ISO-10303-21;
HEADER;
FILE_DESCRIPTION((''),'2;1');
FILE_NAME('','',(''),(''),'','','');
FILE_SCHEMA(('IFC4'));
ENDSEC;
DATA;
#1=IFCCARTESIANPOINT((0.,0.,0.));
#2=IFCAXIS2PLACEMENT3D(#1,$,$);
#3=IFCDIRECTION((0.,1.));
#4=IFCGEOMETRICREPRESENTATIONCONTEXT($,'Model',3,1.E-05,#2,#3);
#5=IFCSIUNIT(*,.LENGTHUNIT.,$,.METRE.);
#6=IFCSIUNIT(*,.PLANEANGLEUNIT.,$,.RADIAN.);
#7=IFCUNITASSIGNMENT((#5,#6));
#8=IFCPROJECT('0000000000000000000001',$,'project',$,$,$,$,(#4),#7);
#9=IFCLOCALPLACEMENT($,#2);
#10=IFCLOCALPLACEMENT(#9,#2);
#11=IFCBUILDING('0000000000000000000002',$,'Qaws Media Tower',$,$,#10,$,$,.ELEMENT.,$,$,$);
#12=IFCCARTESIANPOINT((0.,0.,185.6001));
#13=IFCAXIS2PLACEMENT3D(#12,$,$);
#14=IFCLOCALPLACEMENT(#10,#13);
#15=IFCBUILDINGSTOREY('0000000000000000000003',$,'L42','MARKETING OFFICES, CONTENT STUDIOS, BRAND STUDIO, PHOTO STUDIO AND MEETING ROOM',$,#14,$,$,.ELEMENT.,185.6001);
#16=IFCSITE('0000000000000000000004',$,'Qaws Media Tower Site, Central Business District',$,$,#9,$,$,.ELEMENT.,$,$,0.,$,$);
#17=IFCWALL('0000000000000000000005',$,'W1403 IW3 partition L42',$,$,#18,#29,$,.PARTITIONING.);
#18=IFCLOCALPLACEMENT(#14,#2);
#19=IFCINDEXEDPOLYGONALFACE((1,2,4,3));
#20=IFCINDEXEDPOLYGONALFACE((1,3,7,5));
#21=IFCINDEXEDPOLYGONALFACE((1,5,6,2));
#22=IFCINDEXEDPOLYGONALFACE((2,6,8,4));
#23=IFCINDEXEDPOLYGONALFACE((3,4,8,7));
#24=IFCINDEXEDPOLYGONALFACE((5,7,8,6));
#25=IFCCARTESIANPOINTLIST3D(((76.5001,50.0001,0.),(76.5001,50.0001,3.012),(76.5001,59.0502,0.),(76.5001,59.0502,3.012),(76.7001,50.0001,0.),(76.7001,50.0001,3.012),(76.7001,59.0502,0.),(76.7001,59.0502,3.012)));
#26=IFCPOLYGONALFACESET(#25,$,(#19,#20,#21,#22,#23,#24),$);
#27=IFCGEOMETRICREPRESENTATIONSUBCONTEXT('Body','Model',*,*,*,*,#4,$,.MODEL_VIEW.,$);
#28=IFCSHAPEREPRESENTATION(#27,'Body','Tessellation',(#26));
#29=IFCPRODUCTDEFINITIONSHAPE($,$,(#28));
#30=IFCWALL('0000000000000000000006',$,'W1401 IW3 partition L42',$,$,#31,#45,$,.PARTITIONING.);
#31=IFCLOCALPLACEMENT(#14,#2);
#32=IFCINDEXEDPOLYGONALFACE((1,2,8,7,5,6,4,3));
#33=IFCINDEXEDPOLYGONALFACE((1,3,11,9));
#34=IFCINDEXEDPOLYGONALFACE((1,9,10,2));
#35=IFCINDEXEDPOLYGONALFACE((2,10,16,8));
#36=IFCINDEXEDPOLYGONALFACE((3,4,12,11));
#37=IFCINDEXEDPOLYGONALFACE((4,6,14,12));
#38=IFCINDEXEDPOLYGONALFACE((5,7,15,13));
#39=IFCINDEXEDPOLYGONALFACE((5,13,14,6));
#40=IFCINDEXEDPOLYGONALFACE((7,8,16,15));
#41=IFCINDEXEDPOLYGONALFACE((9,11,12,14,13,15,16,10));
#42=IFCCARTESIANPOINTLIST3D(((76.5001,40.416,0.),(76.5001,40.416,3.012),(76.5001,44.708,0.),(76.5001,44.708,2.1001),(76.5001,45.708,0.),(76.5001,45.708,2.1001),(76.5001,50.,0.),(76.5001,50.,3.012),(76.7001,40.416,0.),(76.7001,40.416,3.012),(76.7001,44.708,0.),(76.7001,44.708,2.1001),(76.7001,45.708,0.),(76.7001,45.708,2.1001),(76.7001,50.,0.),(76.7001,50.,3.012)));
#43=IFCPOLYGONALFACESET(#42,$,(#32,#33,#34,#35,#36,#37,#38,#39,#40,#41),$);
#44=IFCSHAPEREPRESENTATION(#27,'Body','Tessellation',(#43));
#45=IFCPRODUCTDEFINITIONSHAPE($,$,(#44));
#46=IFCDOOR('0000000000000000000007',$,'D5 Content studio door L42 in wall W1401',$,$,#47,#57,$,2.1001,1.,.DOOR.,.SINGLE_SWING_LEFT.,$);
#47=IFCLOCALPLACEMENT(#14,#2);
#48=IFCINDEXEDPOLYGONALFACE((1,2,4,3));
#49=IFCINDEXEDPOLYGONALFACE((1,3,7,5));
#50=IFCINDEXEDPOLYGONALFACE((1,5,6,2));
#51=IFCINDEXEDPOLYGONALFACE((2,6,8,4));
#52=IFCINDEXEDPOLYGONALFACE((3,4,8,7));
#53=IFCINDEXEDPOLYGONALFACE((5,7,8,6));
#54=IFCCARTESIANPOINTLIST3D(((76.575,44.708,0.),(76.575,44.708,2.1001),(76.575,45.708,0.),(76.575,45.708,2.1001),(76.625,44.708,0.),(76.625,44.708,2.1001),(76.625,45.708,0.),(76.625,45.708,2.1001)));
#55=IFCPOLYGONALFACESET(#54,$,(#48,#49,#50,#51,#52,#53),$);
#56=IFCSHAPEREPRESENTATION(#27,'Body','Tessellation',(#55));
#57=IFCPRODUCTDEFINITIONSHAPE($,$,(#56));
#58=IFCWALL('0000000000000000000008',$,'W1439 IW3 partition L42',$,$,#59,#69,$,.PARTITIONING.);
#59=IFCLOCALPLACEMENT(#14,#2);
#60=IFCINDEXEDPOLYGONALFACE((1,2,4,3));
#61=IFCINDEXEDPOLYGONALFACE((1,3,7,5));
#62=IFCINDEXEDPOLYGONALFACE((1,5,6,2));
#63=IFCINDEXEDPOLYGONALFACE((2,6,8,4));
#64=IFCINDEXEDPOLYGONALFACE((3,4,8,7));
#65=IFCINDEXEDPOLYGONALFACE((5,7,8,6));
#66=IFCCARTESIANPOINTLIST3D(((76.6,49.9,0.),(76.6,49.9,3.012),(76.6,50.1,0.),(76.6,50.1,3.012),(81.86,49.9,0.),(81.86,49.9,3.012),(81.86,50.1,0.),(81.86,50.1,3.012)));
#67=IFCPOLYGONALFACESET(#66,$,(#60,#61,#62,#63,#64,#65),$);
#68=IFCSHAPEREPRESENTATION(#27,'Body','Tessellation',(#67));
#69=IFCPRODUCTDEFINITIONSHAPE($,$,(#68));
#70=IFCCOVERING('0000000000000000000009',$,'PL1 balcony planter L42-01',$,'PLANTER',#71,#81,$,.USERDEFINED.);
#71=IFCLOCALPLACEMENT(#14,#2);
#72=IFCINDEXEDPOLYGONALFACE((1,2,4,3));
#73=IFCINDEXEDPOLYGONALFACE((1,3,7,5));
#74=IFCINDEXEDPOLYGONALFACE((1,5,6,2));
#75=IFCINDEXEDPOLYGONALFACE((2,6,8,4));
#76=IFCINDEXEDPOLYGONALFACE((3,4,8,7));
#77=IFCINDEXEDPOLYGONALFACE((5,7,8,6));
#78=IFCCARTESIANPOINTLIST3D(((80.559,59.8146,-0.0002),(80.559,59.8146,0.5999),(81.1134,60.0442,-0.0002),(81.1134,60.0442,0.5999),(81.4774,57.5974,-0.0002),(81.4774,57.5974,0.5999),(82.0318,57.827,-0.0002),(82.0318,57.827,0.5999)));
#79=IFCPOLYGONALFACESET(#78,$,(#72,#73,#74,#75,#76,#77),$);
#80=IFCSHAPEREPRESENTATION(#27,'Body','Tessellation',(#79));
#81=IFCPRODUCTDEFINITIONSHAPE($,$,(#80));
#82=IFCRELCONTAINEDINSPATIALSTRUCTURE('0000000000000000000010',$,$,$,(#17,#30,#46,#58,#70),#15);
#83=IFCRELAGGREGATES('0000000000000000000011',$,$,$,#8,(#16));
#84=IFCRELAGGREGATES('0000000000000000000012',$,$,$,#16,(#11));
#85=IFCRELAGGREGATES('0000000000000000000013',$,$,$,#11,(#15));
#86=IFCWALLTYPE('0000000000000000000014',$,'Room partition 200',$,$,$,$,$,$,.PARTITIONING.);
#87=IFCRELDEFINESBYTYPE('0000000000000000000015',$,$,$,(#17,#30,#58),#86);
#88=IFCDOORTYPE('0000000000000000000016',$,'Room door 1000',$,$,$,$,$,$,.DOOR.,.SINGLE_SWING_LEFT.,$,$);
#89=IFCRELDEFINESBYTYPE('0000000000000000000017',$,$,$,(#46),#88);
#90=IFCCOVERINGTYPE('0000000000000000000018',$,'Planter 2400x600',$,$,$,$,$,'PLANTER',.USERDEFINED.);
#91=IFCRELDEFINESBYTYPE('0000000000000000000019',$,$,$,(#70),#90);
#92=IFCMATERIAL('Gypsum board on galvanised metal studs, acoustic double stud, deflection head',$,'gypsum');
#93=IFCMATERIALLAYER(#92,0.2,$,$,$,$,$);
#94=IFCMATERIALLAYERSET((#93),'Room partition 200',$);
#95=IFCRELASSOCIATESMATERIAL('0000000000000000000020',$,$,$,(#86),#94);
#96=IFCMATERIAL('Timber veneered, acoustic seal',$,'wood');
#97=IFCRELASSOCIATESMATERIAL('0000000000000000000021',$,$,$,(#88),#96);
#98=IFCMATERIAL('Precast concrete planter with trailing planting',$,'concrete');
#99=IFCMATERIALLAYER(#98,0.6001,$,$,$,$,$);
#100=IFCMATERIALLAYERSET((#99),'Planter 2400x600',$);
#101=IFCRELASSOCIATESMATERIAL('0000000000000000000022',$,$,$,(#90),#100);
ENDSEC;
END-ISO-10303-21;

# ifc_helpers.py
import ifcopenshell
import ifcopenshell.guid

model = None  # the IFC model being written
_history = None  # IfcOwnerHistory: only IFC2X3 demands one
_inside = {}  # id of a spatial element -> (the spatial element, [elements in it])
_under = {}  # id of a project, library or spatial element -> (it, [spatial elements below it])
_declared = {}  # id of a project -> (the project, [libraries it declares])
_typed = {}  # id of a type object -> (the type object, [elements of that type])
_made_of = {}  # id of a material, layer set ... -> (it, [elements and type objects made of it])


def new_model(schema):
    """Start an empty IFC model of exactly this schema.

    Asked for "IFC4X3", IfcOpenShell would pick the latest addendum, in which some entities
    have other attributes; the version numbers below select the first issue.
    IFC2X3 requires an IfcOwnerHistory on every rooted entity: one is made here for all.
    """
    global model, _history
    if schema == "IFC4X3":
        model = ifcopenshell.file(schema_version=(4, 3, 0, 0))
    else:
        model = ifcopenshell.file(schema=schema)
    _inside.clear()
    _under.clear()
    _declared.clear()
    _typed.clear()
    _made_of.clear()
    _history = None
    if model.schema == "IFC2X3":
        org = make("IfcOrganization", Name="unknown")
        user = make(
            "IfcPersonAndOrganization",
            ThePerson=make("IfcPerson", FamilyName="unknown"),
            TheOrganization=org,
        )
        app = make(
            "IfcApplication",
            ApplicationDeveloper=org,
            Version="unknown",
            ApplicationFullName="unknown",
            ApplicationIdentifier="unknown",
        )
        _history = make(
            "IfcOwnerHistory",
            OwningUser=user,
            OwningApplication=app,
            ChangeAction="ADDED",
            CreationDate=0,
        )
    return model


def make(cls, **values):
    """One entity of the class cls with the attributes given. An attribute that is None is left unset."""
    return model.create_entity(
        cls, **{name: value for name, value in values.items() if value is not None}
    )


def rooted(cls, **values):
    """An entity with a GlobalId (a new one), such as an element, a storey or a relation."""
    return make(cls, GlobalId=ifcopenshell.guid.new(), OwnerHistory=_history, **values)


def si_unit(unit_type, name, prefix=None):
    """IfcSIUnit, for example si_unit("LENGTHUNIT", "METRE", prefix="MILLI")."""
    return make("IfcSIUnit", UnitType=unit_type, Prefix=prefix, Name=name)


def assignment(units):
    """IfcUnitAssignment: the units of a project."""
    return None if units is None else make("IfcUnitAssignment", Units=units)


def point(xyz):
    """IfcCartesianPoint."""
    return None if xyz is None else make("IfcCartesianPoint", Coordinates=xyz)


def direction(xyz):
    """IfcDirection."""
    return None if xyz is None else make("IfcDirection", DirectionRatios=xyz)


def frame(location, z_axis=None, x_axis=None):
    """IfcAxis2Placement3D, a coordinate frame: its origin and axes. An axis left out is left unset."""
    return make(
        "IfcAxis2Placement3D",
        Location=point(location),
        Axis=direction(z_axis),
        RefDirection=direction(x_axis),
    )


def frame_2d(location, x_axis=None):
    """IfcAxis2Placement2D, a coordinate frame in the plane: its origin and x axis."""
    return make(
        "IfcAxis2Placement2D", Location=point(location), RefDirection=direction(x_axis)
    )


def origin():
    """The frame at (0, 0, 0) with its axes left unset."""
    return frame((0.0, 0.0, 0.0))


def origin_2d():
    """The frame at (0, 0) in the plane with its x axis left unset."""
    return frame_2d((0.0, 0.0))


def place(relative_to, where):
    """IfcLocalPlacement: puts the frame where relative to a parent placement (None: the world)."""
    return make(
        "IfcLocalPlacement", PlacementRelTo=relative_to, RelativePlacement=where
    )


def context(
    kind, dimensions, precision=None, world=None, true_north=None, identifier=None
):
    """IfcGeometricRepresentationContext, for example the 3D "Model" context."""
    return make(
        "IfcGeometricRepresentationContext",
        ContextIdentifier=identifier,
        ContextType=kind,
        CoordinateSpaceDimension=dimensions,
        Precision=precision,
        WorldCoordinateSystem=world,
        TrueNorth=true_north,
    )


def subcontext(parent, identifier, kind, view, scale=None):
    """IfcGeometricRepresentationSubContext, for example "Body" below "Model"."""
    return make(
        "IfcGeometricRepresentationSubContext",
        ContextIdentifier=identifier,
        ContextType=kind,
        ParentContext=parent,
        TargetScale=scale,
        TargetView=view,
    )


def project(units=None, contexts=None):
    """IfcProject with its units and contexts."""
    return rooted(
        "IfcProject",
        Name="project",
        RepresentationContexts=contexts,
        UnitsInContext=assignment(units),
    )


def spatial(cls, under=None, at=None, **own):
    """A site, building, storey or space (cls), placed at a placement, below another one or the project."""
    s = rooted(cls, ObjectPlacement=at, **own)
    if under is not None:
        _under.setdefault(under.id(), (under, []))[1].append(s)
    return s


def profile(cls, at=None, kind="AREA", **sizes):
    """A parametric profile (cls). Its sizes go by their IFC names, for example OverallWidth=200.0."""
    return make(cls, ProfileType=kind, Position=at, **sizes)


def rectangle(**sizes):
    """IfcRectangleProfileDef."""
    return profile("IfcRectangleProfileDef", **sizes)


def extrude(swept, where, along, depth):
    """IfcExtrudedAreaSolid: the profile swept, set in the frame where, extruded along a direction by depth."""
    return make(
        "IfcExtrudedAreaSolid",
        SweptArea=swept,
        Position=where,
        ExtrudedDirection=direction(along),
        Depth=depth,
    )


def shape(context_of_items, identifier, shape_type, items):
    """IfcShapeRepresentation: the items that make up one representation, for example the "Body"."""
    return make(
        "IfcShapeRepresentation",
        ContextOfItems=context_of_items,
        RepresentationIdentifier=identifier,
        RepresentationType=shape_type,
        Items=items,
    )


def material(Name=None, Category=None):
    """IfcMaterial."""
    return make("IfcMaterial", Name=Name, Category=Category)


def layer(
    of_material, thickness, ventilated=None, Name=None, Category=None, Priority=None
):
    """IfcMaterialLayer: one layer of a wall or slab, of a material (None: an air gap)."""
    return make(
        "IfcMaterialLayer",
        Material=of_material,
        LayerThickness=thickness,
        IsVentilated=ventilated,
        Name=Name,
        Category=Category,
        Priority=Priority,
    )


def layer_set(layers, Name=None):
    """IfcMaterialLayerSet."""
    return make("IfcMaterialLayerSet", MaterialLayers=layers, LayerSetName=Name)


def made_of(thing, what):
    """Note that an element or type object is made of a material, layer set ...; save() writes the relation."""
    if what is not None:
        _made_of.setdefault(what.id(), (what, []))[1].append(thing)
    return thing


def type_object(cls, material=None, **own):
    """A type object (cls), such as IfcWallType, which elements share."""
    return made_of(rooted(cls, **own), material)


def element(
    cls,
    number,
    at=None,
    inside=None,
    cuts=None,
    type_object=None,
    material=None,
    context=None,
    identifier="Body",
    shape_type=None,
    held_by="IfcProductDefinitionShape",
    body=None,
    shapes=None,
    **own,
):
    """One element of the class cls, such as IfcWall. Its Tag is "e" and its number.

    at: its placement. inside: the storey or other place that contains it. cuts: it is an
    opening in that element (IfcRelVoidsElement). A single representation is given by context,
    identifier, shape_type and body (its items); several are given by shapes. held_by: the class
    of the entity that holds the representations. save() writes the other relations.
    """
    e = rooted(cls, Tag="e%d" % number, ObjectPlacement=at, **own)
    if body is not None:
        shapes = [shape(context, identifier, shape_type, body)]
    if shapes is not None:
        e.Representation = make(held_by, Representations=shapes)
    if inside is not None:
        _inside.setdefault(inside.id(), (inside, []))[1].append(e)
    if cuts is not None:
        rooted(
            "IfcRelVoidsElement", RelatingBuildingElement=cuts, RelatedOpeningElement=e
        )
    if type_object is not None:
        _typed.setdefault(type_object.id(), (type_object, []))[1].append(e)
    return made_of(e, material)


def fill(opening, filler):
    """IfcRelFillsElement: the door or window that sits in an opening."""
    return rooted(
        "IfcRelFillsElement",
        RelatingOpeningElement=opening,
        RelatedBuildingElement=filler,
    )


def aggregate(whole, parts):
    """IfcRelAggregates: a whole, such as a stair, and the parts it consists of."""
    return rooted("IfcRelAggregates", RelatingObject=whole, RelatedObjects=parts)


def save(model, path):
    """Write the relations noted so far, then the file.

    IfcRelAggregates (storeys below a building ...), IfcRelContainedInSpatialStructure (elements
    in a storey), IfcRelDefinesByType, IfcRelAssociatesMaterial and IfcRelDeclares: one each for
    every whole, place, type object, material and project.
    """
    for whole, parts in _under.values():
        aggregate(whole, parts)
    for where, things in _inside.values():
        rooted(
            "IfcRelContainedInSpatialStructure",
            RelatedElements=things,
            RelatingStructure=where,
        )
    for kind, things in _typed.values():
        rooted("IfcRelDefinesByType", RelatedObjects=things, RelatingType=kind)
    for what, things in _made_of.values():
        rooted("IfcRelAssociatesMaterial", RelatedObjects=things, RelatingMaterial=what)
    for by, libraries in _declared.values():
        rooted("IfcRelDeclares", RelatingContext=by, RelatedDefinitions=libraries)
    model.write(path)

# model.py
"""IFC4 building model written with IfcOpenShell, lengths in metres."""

from ifc_helpers import new_model, si_unit, direction, frame, frame_2d, origin, origin_2d, place, context, subcontext, project, spatial, rectangle, extrude, material, layer, layer_set, type_object, element, fill, save


model = new_model("IFC4")

# Units and contexts
model_context = context("Model", 3, precision=1e-05, world=origin(), true_north=direction((0.0, 1.0)))
body_context = subcontext(model_context, "Body", "Model", "MODEL_VIEW")
ifc_project = project(units=[si_unit("LENGTHUNIT", "METRE"), si_unit("PLANEANGLEUNIT", "RADIAN")], contexts=[model_context])

# Site, building, storey
site_placement = place(None, origin())
site = spatial("IfcSite", under=ifc_project, at=site_placement, Name="Qaws Media Tower Site, Central Business District", CompositionType="ELEMENT", RefElevation=0.0)
building_placement = place(site_placement, origin())
building = spatial("IfcBuilding", under=site, at=building_placement, Name="Qaws Media Tower", CompositionType="ELEMENT")
storey_placement = place(building_placement, frame((0.0, 0.0, 185.6001)))
storey = spatial("IfcBuildingStorey", under=building, at=storey_placement, Name="L42", Description="MARKETING OFFICES, CONTENT STUDIOS, BRAND STUDIO, PHOTO STUDIO AND MEETING ROOM", CompositionType="ELEMENT", Elevation=185.6001)

# Wall
ifc_material_1 = material(Name="Gypsum board on galvanised metal studs, acoustic double stud, deflection head", Category="gypsum")
ifc_layer_1 = layer(ifc_material_1, 0.2)
ifc_layer_set_1 = layer_set([ifc_layer_1], Name="Room partition 200")
wall_type_1 = type_object("IfcWallType", Name="Room partition 200", PredefinedType="PARTITIONING", material=ifc_layer_set_1)
wall_1_placement = place(storey_placement, frame((76.6001, 59.05, 0.0), z_axis=(0.0, 0.0, 1.0), x_axis=(0.0, -1.0, 0.0)))
element("IfcWall", 1, at=wall_1_placement, inside=storey, type_object=wall_type_1, Name="W1403 IW3 partition L42", PredefinedType="PARTITIONING", context=body_context, shape_type="SweptSolid", body=[
    extrude(rectangle(XDim=9.05, YDim=0.2, at=frame_2d((4.5249, 0.0))), origin(), (0.0, 0.0, 1.0), 3.012),
])

# Wall, opening, door
wall_2_placement = place(storey_placement, frame((76.6001, 50.0, 0.0), z_axis=(0.0, 0.0, 1.0), x_axis=(0.0, -1.0, 0.0)))
wall_2 = element("IfcWall", 2, at=wall_2_placement, inside=storey, type_object=wall_type_1, Name="W1401 IW3 partition L42", PredefinedType="PARTITIONING", context=body_context, shape_type="SweptSolid", body=[
    extrude(rectangle(XDim=9.584, YDim=0.2, at=frame_2d((4.792, 0.0))), origin(), (0.0, 0.0, 1.0), 3.012),
])
opening_1_placement = place(wall_2_placement, frame((4.292, 0.0, 0.0)))
opening_1 = element("IfcOpeningElement", 3, at=opening_1_placement, cuts=wall_2, PredefinedType="OPENING", context=body_context, shape_type="SweptSolid", body=[
    extrude(rectangle(XDim=1.0, YDim=2.1001, at=frame_2d((0.5, 1.05))), frame((0.0, 0.1099, 0.0), z_axis=(0.0, -1.0, 0.0), x_axis=(1.0, 0.0, 0.0)), (0.0, 0.0, 1.0), 0.22),
])
ifc_material_2 = material(Name="Timber veneered, acoustic seal", Category="wood")
door_type_1 = type_object("IfcDoorType", Name="Room door 1000", OperationType="SINGLE_SWING_LEFT", PredefinedType="DOOR", material=ifc_material_2)
door_1_placement = place(opening_1_placement, origin())
door_1 = element("IfcDoor", 4, at=door_1_placement, inside=storey, type_object=door_type_1, Name="D5 Content studio door L42 in wall W1401", OperationType="SINGLE_SWING_LEFT", OverallHeight=2.1001, OverallWidth=1.0, PredefinedType="DOOR", context=body_context, shape_type="SweptSolid", body=[
    extrude(rectangle(XDim=1.0, YDim=2.1001, at=frame_2d((0.5, 1.05))), frame((0.0, 0.0249, 0.0), z_axis=(0.0, -1.0, 0.0), x_axis=(1.0, 0.0, 0.0)), (0.0, 0.0, 1.0), 0.05),
])
fill(opening_1, door_1)

# Wall
wall_3_placement = place(storey_placement, frame((76.6001, 50.0, 0.0), z_axis=(0.0, 0.0, 1.0), x_axis=(1.0, 0.0, 0.0)))
element("IfcWall", 5, at=wall_3_placement, inside=storey, type_object=wall_type_1, Name="W1439 IW3 partition L42", PredefinedType="PARTITIONING", context=body_context, shape_type="SweptSolid", body=[
    extrude(rectangle(XDim=5.26, YDim=0.2, at=frame_2d((2.6299, 0.0))), origin(), (0.0, 0.0, 1.0), 3.012),
])

# Covering
ifc_material_3 = material(Name="Precast concrete planter with trailing planting", Category="concrete")
ifc_layer_2 = layer(ifc_material_3, 0.6001)
ifc_layer_set_2 = layer_set([ifc_layer_2], Name="Planter 2400x600")
covering_type = type_object("IfcCoveringType", Name="Planter 2400x600", ElementType="PLANTER", PredefinedType="USERDEFINED", material=ifc_layer_set_2)
covering_placement = place(storey_placement, frame((81.2954, 58.8208, -0.0002), z_axis=(0.0, 0.0, 1.0), x_axis=(-0.382683, 0.92388, 0.0)))
element("IfcCovering", 6, at=covering_placement, inside=storey, type_object=covering_type, Name="PL1 balcony planter L42-01", ObjectType="PLANTER", PredefinedType="USERDEFINED", context=body_context, shape_type="SweptSolid", body=[
    extrude(rectangle(XDim=2.3999, YDim=0.6001, at=origin_2d()), origin(), (0.0, 0.0, 1.0), 0.6001),
])

save(model, "model.ifc")
